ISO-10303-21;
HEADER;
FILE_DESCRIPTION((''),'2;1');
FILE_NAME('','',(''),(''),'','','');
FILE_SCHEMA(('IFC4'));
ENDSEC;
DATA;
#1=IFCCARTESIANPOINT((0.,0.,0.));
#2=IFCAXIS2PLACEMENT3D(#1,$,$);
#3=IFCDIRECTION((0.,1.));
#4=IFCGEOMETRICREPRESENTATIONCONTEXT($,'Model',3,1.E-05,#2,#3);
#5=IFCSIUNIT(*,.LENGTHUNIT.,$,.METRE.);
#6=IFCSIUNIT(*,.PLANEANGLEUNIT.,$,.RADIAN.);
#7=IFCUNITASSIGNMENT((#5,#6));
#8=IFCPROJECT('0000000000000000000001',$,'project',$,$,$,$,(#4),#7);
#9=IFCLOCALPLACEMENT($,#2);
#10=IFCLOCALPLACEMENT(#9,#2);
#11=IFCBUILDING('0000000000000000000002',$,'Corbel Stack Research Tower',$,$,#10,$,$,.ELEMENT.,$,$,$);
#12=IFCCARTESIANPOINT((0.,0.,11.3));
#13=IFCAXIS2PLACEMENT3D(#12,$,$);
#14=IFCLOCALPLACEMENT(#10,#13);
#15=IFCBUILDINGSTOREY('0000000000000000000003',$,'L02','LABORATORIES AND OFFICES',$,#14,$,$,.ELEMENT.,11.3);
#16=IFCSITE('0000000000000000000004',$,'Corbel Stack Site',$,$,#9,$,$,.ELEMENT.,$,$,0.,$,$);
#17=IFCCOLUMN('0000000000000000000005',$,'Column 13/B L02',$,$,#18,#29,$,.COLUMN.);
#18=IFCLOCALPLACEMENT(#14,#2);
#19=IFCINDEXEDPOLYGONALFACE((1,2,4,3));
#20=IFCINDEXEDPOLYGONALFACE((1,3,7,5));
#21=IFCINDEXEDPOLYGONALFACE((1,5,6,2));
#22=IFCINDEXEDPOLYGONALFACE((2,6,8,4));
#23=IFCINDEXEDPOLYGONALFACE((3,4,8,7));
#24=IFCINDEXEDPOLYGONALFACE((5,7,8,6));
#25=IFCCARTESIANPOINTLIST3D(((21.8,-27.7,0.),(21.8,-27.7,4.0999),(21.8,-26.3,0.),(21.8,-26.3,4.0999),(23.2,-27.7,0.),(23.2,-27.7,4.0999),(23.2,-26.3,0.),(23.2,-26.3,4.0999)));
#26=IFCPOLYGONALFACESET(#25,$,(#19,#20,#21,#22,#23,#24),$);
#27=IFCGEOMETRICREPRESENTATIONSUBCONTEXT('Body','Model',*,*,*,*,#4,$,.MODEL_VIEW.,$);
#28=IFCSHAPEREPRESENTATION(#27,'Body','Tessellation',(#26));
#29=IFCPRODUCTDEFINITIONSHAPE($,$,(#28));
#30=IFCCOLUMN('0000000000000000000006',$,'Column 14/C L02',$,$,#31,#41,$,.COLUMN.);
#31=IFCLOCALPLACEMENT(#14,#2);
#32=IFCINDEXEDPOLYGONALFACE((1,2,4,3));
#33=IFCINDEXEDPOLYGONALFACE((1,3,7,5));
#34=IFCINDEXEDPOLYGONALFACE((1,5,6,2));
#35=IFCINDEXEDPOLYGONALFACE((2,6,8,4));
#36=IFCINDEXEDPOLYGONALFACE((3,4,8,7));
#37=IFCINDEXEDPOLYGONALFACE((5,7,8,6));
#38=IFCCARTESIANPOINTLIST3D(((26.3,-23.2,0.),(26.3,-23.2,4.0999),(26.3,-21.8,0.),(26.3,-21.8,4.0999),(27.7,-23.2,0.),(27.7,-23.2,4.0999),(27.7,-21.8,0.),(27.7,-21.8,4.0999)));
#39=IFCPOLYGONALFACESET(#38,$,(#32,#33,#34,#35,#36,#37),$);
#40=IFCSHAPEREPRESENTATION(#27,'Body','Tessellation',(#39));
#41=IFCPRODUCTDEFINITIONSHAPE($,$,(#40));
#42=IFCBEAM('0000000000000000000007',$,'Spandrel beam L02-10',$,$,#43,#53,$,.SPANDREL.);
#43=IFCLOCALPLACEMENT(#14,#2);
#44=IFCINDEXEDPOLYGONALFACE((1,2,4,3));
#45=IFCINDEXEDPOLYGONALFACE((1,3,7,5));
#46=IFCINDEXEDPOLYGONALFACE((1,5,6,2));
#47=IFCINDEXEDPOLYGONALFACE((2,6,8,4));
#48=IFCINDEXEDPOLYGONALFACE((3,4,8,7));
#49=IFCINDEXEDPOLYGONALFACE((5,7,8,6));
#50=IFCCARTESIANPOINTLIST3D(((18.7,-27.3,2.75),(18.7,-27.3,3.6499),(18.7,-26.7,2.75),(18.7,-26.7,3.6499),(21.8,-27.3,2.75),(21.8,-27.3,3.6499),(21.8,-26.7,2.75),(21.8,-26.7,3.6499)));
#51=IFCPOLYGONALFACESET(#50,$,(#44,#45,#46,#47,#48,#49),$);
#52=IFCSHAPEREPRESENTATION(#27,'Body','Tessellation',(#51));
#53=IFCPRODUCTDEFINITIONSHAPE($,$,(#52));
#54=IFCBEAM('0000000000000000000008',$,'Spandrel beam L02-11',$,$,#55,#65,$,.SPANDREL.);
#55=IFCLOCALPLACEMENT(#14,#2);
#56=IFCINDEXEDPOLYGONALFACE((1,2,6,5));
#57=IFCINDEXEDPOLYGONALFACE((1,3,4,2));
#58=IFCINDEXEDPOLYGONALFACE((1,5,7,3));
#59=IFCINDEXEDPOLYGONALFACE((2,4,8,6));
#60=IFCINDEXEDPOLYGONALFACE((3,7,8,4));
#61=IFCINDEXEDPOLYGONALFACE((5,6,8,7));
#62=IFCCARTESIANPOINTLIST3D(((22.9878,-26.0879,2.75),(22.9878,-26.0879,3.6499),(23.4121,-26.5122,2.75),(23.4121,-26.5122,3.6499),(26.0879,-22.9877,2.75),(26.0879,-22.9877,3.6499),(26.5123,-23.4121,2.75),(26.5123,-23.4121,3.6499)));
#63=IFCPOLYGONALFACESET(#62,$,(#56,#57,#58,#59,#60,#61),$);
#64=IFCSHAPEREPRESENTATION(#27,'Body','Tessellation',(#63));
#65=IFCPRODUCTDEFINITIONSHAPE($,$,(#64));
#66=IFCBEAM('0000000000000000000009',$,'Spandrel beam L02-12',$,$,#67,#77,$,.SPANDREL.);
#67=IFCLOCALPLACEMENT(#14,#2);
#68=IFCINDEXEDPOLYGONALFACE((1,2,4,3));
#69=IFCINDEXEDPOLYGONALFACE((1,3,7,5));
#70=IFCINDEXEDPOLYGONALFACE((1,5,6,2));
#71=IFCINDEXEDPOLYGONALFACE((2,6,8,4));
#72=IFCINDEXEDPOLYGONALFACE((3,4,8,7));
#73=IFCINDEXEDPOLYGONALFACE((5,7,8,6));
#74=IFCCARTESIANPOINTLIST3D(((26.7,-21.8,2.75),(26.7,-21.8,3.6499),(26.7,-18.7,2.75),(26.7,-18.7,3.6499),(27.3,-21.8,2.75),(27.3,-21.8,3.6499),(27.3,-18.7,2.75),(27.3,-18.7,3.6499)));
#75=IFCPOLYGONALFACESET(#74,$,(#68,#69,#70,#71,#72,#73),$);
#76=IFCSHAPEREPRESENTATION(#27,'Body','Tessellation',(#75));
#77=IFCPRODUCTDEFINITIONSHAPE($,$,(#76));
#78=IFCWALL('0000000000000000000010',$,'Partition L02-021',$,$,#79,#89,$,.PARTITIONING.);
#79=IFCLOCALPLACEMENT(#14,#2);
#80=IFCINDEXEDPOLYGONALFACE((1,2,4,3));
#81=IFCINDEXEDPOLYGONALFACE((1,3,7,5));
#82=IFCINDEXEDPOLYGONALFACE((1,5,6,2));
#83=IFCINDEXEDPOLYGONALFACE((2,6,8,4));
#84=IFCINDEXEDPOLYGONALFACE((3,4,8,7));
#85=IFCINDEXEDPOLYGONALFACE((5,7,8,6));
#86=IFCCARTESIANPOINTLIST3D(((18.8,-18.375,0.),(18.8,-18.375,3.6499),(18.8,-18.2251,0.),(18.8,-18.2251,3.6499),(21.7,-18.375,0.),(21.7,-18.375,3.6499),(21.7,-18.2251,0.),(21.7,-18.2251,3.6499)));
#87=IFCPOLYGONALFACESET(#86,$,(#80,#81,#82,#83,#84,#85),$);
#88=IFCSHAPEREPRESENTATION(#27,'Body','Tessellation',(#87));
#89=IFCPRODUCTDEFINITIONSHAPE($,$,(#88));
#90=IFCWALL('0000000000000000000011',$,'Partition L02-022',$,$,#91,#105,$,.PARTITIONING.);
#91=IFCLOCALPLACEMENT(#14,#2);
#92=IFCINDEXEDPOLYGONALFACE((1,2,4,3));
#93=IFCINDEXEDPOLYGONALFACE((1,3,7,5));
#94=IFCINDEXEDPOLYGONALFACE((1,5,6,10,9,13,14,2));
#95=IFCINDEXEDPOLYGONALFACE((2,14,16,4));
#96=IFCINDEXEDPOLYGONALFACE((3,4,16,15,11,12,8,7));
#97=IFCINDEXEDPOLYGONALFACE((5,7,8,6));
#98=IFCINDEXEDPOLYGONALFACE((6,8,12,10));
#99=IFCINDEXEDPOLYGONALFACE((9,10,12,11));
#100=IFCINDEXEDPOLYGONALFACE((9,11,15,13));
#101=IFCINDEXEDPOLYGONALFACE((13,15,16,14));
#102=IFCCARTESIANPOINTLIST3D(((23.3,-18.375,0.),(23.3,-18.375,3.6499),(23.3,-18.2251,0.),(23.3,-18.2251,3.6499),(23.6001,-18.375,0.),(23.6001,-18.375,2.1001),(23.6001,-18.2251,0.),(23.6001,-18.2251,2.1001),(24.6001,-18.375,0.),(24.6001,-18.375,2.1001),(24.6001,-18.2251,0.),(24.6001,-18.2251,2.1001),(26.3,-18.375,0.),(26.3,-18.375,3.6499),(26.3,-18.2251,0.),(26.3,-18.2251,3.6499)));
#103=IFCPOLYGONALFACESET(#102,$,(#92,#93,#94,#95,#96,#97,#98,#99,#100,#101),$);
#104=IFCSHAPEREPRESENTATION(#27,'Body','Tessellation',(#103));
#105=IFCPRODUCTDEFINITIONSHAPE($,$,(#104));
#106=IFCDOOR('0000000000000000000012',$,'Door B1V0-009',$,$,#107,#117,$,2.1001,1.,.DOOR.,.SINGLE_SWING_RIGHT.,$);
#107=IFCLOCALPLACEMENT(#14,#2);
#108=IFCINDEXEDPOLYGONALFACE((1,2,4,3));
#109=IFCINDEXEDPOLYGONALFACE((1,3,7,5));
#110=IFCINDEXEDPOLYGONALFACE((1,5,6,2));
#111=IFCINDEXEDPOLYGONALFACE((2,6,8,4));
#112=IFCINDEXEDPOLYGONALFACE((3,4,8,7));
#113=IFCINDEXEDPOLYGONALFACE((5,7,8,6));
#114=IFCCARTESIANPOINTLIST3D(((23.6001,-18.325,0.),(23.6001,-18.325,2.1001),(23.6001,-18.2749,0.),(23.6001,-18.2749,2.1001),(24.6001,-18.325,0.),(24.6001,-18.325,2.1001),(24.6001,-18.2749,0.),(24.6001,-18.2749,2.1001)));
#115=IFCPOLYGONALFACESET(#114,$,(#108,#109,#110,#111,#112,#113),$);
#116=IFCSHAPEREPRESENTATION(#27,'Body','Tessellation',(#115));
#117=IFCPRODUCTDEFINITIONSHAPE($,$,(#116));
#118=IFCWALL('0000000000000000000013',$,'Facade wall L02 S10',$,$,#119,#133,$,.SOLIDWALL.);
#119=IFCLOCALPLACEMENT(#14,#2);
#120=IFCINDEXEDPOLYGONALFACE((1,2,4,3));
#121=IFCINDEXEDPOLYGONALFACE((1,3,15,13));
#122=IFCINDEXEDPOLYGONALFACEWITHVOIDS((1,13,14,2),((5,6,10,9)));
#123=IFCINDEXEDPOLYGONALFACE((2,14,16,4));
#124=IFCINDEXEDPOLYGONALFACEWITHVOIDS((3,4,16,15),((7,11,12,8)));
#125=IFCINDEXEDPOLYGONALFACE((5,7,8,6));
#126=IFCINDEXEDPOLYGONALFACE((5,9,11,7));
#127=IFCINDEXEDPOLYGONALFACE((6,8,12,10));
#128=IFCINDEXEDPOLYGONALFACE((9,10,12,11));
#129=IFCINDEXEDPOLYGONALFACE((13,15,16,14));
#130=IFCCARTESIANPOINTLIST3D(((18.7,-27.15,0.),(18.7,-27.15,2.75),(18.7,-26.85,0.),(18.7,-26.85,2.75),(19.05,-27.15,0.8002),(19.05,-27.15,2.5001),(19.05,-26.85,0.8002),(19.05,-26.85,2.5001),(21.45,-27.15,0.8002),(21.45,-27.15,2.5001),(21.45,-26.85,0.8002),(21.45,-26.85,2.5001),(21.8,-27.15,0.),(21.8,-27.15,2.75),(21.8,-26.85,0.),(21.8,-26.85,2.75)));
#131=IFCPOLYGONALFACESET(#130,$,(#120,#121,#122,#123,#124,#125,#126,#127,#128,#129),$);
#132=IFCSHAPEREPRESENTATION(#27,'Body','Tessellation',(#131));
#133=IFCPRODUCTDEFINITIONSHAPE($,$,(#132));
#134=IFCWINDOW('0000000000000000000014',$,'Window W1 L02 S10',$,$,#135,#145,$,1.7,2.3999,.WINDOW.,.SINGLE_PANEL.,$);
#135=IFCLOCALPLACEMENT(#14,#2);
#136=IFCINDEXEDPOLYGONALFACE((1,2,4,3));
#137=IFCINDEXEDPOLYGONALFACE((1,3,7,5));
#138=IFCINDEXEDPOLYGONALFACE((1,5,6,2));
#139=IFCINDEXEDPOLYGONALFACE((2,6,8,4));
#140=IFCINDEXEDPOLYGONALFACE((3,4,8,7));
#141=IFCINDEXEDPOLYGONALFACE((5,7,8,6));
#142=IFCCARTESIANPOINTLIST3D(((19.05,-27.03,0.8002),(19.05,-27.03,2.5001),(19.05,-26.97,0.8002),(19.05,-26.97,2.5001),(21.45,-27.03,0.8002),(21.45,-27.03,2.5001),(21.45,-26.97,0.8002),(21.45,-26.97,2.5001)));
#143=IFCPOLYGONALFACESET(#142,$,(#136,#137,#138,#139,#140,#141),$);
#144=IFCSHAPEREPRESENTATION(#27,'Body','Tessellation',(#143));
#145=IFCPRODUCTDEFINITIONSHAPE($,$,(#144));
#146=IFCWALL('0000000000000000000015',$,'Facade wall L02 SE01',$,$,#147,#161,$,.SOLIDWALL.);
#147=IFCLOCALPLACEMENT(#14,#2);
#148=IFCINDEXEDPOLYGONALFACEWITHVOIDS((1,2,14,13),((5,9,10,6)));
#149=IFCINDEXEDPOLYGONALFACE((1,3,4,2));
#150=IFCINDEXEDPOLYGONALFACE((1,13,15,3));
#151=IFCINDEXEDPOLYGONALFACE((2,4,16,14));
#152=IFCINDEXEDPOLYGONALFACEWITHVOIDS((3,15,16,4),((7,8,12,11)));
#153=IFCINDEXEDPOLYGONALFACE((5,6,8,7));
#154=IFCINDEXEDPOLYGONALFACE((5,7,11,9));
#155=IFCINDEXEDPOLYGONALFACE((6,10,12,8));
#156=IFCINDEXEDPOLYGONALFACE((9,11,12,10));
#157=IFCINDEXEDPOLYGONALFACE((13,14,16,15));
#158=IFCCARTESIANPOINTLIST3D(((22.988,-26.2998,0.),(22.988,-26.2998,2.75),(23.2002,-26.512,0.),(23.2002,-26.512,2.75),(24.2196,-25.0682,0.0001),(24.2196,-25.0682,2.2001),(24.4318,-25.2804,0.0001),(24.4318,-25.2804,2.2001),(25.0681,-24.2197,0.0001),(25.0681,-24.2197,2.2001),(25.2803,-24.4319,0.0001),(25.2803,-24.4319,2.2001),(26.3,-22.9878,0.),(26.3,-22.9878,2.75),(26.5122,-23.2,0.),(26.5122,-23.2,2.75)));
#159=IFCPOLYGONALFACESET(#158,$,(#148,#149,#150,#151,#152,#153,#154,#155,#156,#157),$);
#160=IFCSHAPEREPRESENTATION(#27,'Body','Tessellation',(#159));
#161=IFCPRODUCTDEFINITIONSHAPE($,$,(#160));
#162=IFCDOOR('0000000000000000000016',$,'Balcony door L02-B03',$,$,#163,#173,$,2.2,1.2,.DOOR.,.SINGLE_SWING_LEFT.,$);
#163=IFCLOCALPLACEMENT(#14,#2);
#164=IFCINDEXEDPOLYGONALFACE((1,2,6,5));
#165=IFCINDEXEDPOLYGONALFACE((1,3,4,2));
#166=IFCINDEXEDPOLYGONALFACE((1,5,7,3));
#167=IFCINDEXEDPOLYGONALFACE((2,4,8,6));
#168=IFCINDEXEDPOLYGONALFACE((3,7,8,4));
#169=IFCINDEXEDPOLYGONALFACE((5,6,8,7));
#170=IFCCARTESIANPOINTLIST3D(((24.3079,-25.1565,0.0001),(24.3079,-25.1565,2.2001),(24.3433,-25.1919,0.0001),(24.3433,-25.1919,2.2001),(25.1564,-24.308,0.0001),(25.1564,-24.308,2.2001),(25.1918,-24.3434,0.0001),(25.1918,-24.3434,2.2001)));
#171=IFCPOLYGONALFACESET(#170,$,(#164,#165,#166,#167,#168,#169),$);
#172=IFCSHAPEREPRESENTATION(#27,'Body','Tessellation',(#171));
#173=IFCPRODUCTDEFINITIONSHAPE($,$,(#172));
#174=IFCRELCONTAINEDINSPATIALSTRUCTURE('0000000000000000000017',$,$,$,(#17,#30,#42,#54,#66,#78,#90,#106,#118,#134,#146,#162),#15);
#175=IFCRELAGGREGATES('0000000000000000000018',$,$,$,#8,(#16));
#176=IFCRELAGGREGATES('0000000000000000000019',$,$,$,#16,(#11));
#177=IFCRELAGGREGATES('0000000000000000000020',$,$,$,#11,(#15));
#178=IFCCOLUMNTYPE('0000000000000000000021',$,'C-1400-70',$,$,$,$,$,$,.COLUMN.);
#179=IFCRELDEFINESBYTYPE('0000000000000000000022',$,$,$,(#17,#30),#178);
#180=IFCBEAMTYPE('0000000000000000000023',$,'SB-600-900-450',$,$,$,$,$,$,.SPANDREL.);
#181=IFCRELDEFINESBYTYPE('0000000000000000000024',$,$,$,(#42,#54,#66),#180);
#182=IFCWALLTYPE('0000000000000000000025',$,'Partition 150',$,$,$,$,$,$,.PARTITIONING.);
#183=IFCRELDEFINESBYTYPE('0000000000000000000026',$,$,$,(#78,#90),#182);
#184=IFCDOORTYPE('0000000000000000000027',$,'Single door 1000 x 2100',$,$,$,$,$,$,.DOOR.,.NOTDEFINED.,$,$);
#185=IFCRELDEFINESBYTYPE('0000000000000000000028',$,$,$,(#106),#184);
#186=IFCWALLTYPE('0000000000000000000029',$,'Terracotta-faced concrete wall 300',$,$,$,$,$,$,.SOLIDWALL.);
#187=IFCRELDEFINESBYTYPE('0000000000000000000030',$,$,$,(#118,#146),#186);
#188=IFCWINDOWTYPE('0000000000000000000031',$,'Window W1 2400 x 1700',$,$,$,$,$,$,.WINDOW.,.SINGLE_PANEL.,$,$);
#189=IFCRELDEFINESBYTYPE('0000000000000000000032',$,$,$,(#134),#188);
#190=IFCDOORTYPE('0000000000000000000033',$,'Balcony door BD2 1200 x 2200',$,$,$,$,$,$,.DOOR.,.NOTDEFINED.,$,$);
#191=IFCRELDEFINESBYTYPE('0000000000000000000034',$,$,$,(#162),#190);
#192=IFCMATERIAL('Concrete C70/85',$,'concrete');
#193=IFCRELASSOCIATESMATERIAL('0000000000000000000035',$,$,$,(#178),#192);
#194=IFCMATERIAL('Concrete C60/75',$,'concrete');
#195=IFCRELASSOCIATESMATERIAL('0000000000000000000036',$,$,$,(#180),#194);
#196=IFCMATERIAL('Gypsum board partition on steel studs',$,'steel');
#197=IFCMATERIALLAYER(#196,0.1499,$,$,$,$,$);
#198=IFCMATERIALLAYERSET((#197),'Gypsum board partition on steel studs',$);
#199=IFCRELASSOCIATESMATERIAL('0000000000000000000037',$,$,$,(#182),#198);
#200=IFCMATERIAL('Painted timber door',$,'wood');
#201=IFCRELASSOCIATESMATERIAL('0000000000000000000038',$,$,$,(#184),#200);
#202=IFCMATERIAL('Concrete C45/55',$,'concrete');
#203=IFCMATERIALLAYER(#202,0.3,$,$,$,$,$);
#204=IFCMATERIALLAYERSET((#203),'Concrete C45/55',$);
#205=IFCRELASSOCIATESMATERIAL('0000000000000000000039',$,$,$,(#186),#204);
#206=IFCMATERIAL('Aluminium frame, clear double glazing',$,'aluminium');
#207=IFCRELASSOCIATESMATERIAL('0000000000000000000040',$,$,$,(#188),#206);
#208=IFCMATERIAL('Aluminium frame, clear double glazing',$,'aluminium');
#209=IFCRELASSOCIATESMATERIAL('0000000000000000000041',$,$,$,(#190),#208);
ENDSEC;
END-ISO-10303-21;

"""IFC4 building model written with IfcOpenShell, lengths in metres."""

from ifc_helpers import new_model, si_unit, direction, frame, frame_2d, origin, origin_2d, place, context, subcontext, project, spatial, rectangle, extrude, material, layer, layer_set, material_profile, profile_set, type_object, element, fill, save


model = new_model("IFC4")

# Units and contexts
model_context = context("Model", 3, precision=1e-05, world=origin(), true_north=direction((0.0, 1.0)))
body_context = subcontext(model_context, "Body", "Model", "MODEL_VIEW")
ifc_project = project(units=[si_unit("LENGTHUNIT", "METRE"), si_unit("PLANEANGLEUNIT", "RADIAN")], contexts=[model_context])

# Site, building, storey
site_placement = place(None, origin())
site = spatial("IfcSite", under=ifc_project, at=site_placement, Name="Corbel Stack Site", CompositionType="ELEMENT", RefElevation=0.0)
building_placement = place(site_placement, origin())
building = spatial("IfcBuilding", under=site, at=building_placement, Name="Corbel Stack Research Tower", CompositionType="ELEMENT")
storey_placement = place(building_placement, frame((0.0, 0.0, 11.3)))
storey = spatial("IfcBuildingStorey", under=building, at=storey_placement, Name="L02", Description="LABORATORIES AND OFFICES", CompositionType="ELEMENT", Elevation=11.3)

# Columns
ifc_material_1 = material(Name="Concrete C70/85", Category="concrete")
ifc_material_profile_1 = material_profile(ifc_material_1, rectangle(XDim=1.3999, YDim=1.3999, at=origin_2d()), Name="RC 1400 x 1400")
ifc_profile_set_1 = profile_set([ifc_material_profile_1], Name="Concrete C70/85")
column_type = type_object("IfcColumnType", Name="C-1400-70", PredefinedType="COLUMN", material=ifc_profile_set_1)
for number, where, z_axis, x_axis, name in (
    (1, (22.5, -27.0, 0.0), (0.0, 0.0, 1.0), (1.0, 0.0, 0.0), "Column 13/B L02"),
    (2, (27.0, -22.5, 0.0), (0.0, 0.0, 1.0), (1.0, 0.0, 0.0), "Column 14/C L02"),
):
    element("IfcColumn", number, at=place(storey_placement, frame(where, z_axis=z_axis, x_axis=x_axis)), inside=storey, type_object=column_type, Name=name, PredefinedType="COLUMN", context=body_context, shape_type="SweptSolid", body=[
        extrude(rectangle(XDim=1.3999, YDim=1.3999, at=origin_2d()), origin(), (0.0, 0.0, 1.0), 4.0999),
    ])

# Beams
ifc_material_2 = material(Name="Concrete C60/75", Category="concrete")
ifc_material_profile_2 = material_profile(ifc_material_2, rectangle(XDim=0.6001, YDim=0.8999, at=origin_2d()), Name="RC 600 x 900")
ifc_profile_set_2 = profile_set([ifc_material_profile_2], Name="Concrete C60/75")
beam_type = type_object("IfcBeamType", Name="SB-600-900-450", PredefinedType="SPANDREL", material=ifc_profile_set_2)
beam_1_placement = place(storey_placement, frame((18.7, -27.0, 3.2), z_axis=(1.0, 0.0, 0.0), x_axis=(0.0, 1.0, 0.0)))
element("IfcBeam", 3, at=beam_1_placement, inside=storey, type_object=beam_type, Name="Spandrel beam L02-10", PredefinedType="SPANDREL", context=body_context, shape_type="SweptSolid", body=[
    extrude(rectangle(XDim=0.6001, YDim=0.8999, at=origin_2d()), origin(), (0.0, 0.0, 1.0), 3.1001),
])
beam_2_placement = place(storey_placement, frame((23.2, -26.3, 3.2), z_axis=(0.707107, 0.707107, 0.0), x_axis=(-0.707107, 0.707107, 0.0)))
element("IfcBeam", 4, at=beam_2_placement, inside=storey, type_object=beam_type, Name="Spandrel beam L02-11", PredefinedType="SPANDREL", context=body_context, shape_type="SweptSolid", body=[
    extrude(rectangle(XDim=0.6001, YDim=0.8999, at=origin_2d()), origin(), (0.0, 0.0, 1.0), 4.3843),
])
beam_3_placement = place(storey_placement, frame((27.0, -21.8, 3.2), z_axis=(0.0, 1.0, 0.0), x_axis=(-1.0, 0.0, 0.0)))
element("IfcBeam", 5, at=beam_3_placement, inside=storey, type_object=beam_type, Name="Spandrel beam L02-12", PredefinedType="SPANDREL", context=body_context, shape_type="SweptSolid", body=[
    extrude(rectangle(XDim=0.6001, YDim=0.8999, at=origin_2d()), origin(), (0.0, 0.0, 1.0), 3.1001),
])

# Wall
ifc_material_3 = material(Name="Gypsum board partition on steel studs", Category="steel")
ifc_layer_1 = layer(ifc_material_3, 0.1499)
ifc_layer_set_1 = layer_set([ifc_layer_1], Name="Gypsum board partition on steel studs")
wall_type_1 = type_object("IfcWallType", Name="Partition 150", PredefinedType="PARTITIONING", material=ifc_layer_set_1)
wall_1_placement = place(storey_placement, frame((18.8, -18.3, 0.0), z_axis=(0.0, 0.0, 1.0), x_axis=(1.0, 0.0, 0.0)))
element("IfcWall", 6, at=wall_1_placement, inside=storey, type_object=wall_type_1, Name="Partition L02-021", PredefinedType="PARTITIONING", context=body_context, shape_type="SweptSolid", body=[
    extrude(rectangle(XDim=2.8999, YDim=0.1499, at=frame_2d((1.45, 0.0))), origin(), (0.0, 0.0, 1.0), 3.6499),
])

# Wall, opening, door
wall_2_placement = place(storey_placement, frame((26.3, -18.3, 0.0), z_axis=(0.0, 0.0, 1.0), x_axis=(-1.0, 0.0, 0.0)))
wall_2 = element("IfcWall", 7, at=wall_2_placement, inside=storey, type_object=wall_type_1, Name="Partition L02-022", PredefinedType="PARTITIONING", context=body_context, shape_type="SweptSolid", body=[
    extrude(rectangle(XDim=3.0, YDim=0.1499, at=frame_2d((1.5, 0.0))), origin(), (0.0, 0.0, 1.0), 3.6499),
])
opening_1_placement = place(wall_2_placement, frame((1.7, 0.0, 0.0)))
opening_1 = element("IfcOpeningElement", 8, at=opening_1_placement, cuts=wall_2, PredefinedType="OPENING", context=body_context, shape_type="SweptSolid", body=[
    extrude(rectangle(XDim=1.0, YDim=2.1001, at=frame_2d((0.5, 1.05))), frame((0.0, 0.085, 0.0), z_axis=(0.0, -1.0, 0.0), x_axis=(1.0, 0.0, 0.0)), (0.0, 0.0, 1.0), 0.1699),
])
ifc_material_4 = material(Name="Painted timber door", Category="wood")
door_type_1 = type_object("IfcDoorType", Name="Single door 1000 x 2100", OperationType="NOTDEFINED", PredefinedType="DOOR", material=ifc_material_4)
door_1_placement = place(opening_1_placement, origin())
door_1 = element("IfcDoor", 9, at=door_1_placement, inside=storey, type_object=door_type_1, Name="Door B1V0-009", OperationType="SINGLE_SWING_RIGHT", OverallHeight=2.1001, OverallWidth=1.0, PredefinedType="DOOR", context=body_context, shape_type="SweptSolid", body=[
    extrude(rectangle(XDim=1.0, YDim=2.1001, at=frame_2d((0.5, 1.05))), frame((0.0, 0.0249, 0.0), z_axis=(0.0, -1.0, 0.0), x_axis=(1.0, 0.0, 0.0)), (0.0, 0.0, 1.0), 0.05),
])
fill(opening_1, door_1)

# Wall, opening, window
ifc_material_5 = material(Name="Concrete C45/55", Category="concrete")
ifc_layer_2 = layer(ifc_material_5, 0.3)
ifc_layer_set_2 = layer_set([ifc_layer_2], Name="Concrete C45/55")
wall_type_2 = type_object("IfcWallType", Name="Terracotta-faced concrete wall 300", PredefinedType="SOLIDWALL", material=ifc_layer_set_2)
wall_3_placement = place(storey_placement, frame((21.8, -27.0, 0.0), z_axis=(0.0, 0.0, 1.0), x_axis=(-1.0, 0.0, 0.0)))
wall_3 = element("IfcWall", 10, at=wall_3_placement, inside=storey, type_object=wall_type_2, Name="Facade wall L02 S10", PredefinedType="SOLIDWALL", context=body_context, shape_type="SweptSolid", body=[
    extrude(rectangle(XDim=3.1001, YDim=0.3, at=frame_2d((1.55, 0.0))), origin(), (0.0, 0.0, 1.0), 2.75),
])
opening_2_placement = place(wall_3_placement, frame((0.3501, 0.0, 0.8)))
opening_2 = element("IfcOpeningElement", 11, at=opening_2_placement, cuts=wall_3, PredefinedType="OPENING", context=body_context, shape_type="SweptSolid", body=[
    extrude(rectangle(XDim=2.3999, YDim=1.7, at=frame_2d((1.2, 0.8501))), frame((0.0, 0.1599, 0.0), z_axis=(0.0, -1.0, 0.0), x_axis=(1.0, 0.0, 0.0)), (0.0, 0.0, 1.0), 0.3201),
])
ifc_material_6 = material(Name="Aluminium frame, clear double glazing", Category="aluminium")
window_type = type_object("IfcWindowType", Name="Window W1 2400 x 1700", PartitioningType="SINGLE_PANEL", PredefinedType="WINDOW", material=ifc_material_6)
window_1_placement = place(opening_2_placement, origin())
window_1 = element("IfcWindow", 12, at=window_1_placement, inside=storey, type_object=window_type, Name="Window W1 L02 S10", OverallHeight=1.7, OverallWidth=2.3999, PartitioningType="SINGLE_PANEL", PredefinedType="WINDOW", context=body_context, shape_type="SweptSolid", body=[
    extrude(rectangle(XDim=2.3999, YDim=1.7, at=frame_2d((1.2, 0.8501))), frame((0.0, 0.03, 0.0), z_axis=(0.0, -1.0, 0.0), x_axis=(1.0, 0.0, 0.0)), (0.0, 0.0, 1.0), 0.0601),
])
fill(opening_2, window_1)

# Wall, opening, door
wall_4_placement = place(storey_placement, frame((26.406, -23.094, 0.0), z_axis=(0.0, 0.0, 1.0), x_axis=(-0.707107, -0.707107, 0.0)))
wall_4 = element("IfcWall", 13, at=wall_4_placement, inside=storey, type_object=wall_type_2, Name="Facade wall L02 SE01", PredefinedType="SOLIDWALL", context=body_context, shape_type="SweptSolid", body=[
    extrude(rectangle(XDim=4.6838, YDim=0.3, at=frame_2d((2.3418, 0.0))), origin(), (0.0, 0.0, 1.0), 2.75),
])
opening_3_placement = place(wall_4_placement, frame((1.7419, 0.0, 0.0)))
opening_3 = element("IfcOpeningElement", 14, at=opening_3_placement, cuts=wall_4, PredefinedType="OPENING", context=body_context, shape_type="SweptSolid", body=[
    extrude(rectangle(XDim=1.2, YDim=2.2, at=frame_2d((0.6001, 1.1001))), frame((0.0, 0.1599, 0.0), z_axis=(0.0, -1.0, 0.0), x_axis=(1.0, 0.0, 0.0)), (0.0, 0.0, 1.0), 0.3201),
])
ifc_material_7 = material(Name="Aluminium frame, clear double glazing", Category="aluminium")
door_type_2 = type_object("IfcDoorType", Name="Balcony door BD2 1200 x 2200", OperationType="NOTDEFINED", PredefinedType="DOOR", material=ifc_material_7)
door_2_placement = place(opening_3_placement, origin())
door_2 = element("IfcDoor", 15, at=door_2_placement, inside=storey, type_object=door_type_2, Name="Balcony door L02-B03", OperationType="SINGLE_SWING_LEFT", OverallHeight=2.2, OverallWidth=1.2, PredefinedType="DOOR", context=body_context, shape_type="SweptSolid", body=[
    extrude(rectangle(XDim=1.2, YDim=2.2, at=frame_2d((0.6001, 1.1001))), frame((0.0, 0.0249, 0.0), z_axis=(0.0, -1.0, 0.0), x_axis=(1.0, 0.0, 0.0)), (0.0, 0.0, 1.0), 0.05),
])
fill(opening_3, door_2)

save(model, "model.ifc")
